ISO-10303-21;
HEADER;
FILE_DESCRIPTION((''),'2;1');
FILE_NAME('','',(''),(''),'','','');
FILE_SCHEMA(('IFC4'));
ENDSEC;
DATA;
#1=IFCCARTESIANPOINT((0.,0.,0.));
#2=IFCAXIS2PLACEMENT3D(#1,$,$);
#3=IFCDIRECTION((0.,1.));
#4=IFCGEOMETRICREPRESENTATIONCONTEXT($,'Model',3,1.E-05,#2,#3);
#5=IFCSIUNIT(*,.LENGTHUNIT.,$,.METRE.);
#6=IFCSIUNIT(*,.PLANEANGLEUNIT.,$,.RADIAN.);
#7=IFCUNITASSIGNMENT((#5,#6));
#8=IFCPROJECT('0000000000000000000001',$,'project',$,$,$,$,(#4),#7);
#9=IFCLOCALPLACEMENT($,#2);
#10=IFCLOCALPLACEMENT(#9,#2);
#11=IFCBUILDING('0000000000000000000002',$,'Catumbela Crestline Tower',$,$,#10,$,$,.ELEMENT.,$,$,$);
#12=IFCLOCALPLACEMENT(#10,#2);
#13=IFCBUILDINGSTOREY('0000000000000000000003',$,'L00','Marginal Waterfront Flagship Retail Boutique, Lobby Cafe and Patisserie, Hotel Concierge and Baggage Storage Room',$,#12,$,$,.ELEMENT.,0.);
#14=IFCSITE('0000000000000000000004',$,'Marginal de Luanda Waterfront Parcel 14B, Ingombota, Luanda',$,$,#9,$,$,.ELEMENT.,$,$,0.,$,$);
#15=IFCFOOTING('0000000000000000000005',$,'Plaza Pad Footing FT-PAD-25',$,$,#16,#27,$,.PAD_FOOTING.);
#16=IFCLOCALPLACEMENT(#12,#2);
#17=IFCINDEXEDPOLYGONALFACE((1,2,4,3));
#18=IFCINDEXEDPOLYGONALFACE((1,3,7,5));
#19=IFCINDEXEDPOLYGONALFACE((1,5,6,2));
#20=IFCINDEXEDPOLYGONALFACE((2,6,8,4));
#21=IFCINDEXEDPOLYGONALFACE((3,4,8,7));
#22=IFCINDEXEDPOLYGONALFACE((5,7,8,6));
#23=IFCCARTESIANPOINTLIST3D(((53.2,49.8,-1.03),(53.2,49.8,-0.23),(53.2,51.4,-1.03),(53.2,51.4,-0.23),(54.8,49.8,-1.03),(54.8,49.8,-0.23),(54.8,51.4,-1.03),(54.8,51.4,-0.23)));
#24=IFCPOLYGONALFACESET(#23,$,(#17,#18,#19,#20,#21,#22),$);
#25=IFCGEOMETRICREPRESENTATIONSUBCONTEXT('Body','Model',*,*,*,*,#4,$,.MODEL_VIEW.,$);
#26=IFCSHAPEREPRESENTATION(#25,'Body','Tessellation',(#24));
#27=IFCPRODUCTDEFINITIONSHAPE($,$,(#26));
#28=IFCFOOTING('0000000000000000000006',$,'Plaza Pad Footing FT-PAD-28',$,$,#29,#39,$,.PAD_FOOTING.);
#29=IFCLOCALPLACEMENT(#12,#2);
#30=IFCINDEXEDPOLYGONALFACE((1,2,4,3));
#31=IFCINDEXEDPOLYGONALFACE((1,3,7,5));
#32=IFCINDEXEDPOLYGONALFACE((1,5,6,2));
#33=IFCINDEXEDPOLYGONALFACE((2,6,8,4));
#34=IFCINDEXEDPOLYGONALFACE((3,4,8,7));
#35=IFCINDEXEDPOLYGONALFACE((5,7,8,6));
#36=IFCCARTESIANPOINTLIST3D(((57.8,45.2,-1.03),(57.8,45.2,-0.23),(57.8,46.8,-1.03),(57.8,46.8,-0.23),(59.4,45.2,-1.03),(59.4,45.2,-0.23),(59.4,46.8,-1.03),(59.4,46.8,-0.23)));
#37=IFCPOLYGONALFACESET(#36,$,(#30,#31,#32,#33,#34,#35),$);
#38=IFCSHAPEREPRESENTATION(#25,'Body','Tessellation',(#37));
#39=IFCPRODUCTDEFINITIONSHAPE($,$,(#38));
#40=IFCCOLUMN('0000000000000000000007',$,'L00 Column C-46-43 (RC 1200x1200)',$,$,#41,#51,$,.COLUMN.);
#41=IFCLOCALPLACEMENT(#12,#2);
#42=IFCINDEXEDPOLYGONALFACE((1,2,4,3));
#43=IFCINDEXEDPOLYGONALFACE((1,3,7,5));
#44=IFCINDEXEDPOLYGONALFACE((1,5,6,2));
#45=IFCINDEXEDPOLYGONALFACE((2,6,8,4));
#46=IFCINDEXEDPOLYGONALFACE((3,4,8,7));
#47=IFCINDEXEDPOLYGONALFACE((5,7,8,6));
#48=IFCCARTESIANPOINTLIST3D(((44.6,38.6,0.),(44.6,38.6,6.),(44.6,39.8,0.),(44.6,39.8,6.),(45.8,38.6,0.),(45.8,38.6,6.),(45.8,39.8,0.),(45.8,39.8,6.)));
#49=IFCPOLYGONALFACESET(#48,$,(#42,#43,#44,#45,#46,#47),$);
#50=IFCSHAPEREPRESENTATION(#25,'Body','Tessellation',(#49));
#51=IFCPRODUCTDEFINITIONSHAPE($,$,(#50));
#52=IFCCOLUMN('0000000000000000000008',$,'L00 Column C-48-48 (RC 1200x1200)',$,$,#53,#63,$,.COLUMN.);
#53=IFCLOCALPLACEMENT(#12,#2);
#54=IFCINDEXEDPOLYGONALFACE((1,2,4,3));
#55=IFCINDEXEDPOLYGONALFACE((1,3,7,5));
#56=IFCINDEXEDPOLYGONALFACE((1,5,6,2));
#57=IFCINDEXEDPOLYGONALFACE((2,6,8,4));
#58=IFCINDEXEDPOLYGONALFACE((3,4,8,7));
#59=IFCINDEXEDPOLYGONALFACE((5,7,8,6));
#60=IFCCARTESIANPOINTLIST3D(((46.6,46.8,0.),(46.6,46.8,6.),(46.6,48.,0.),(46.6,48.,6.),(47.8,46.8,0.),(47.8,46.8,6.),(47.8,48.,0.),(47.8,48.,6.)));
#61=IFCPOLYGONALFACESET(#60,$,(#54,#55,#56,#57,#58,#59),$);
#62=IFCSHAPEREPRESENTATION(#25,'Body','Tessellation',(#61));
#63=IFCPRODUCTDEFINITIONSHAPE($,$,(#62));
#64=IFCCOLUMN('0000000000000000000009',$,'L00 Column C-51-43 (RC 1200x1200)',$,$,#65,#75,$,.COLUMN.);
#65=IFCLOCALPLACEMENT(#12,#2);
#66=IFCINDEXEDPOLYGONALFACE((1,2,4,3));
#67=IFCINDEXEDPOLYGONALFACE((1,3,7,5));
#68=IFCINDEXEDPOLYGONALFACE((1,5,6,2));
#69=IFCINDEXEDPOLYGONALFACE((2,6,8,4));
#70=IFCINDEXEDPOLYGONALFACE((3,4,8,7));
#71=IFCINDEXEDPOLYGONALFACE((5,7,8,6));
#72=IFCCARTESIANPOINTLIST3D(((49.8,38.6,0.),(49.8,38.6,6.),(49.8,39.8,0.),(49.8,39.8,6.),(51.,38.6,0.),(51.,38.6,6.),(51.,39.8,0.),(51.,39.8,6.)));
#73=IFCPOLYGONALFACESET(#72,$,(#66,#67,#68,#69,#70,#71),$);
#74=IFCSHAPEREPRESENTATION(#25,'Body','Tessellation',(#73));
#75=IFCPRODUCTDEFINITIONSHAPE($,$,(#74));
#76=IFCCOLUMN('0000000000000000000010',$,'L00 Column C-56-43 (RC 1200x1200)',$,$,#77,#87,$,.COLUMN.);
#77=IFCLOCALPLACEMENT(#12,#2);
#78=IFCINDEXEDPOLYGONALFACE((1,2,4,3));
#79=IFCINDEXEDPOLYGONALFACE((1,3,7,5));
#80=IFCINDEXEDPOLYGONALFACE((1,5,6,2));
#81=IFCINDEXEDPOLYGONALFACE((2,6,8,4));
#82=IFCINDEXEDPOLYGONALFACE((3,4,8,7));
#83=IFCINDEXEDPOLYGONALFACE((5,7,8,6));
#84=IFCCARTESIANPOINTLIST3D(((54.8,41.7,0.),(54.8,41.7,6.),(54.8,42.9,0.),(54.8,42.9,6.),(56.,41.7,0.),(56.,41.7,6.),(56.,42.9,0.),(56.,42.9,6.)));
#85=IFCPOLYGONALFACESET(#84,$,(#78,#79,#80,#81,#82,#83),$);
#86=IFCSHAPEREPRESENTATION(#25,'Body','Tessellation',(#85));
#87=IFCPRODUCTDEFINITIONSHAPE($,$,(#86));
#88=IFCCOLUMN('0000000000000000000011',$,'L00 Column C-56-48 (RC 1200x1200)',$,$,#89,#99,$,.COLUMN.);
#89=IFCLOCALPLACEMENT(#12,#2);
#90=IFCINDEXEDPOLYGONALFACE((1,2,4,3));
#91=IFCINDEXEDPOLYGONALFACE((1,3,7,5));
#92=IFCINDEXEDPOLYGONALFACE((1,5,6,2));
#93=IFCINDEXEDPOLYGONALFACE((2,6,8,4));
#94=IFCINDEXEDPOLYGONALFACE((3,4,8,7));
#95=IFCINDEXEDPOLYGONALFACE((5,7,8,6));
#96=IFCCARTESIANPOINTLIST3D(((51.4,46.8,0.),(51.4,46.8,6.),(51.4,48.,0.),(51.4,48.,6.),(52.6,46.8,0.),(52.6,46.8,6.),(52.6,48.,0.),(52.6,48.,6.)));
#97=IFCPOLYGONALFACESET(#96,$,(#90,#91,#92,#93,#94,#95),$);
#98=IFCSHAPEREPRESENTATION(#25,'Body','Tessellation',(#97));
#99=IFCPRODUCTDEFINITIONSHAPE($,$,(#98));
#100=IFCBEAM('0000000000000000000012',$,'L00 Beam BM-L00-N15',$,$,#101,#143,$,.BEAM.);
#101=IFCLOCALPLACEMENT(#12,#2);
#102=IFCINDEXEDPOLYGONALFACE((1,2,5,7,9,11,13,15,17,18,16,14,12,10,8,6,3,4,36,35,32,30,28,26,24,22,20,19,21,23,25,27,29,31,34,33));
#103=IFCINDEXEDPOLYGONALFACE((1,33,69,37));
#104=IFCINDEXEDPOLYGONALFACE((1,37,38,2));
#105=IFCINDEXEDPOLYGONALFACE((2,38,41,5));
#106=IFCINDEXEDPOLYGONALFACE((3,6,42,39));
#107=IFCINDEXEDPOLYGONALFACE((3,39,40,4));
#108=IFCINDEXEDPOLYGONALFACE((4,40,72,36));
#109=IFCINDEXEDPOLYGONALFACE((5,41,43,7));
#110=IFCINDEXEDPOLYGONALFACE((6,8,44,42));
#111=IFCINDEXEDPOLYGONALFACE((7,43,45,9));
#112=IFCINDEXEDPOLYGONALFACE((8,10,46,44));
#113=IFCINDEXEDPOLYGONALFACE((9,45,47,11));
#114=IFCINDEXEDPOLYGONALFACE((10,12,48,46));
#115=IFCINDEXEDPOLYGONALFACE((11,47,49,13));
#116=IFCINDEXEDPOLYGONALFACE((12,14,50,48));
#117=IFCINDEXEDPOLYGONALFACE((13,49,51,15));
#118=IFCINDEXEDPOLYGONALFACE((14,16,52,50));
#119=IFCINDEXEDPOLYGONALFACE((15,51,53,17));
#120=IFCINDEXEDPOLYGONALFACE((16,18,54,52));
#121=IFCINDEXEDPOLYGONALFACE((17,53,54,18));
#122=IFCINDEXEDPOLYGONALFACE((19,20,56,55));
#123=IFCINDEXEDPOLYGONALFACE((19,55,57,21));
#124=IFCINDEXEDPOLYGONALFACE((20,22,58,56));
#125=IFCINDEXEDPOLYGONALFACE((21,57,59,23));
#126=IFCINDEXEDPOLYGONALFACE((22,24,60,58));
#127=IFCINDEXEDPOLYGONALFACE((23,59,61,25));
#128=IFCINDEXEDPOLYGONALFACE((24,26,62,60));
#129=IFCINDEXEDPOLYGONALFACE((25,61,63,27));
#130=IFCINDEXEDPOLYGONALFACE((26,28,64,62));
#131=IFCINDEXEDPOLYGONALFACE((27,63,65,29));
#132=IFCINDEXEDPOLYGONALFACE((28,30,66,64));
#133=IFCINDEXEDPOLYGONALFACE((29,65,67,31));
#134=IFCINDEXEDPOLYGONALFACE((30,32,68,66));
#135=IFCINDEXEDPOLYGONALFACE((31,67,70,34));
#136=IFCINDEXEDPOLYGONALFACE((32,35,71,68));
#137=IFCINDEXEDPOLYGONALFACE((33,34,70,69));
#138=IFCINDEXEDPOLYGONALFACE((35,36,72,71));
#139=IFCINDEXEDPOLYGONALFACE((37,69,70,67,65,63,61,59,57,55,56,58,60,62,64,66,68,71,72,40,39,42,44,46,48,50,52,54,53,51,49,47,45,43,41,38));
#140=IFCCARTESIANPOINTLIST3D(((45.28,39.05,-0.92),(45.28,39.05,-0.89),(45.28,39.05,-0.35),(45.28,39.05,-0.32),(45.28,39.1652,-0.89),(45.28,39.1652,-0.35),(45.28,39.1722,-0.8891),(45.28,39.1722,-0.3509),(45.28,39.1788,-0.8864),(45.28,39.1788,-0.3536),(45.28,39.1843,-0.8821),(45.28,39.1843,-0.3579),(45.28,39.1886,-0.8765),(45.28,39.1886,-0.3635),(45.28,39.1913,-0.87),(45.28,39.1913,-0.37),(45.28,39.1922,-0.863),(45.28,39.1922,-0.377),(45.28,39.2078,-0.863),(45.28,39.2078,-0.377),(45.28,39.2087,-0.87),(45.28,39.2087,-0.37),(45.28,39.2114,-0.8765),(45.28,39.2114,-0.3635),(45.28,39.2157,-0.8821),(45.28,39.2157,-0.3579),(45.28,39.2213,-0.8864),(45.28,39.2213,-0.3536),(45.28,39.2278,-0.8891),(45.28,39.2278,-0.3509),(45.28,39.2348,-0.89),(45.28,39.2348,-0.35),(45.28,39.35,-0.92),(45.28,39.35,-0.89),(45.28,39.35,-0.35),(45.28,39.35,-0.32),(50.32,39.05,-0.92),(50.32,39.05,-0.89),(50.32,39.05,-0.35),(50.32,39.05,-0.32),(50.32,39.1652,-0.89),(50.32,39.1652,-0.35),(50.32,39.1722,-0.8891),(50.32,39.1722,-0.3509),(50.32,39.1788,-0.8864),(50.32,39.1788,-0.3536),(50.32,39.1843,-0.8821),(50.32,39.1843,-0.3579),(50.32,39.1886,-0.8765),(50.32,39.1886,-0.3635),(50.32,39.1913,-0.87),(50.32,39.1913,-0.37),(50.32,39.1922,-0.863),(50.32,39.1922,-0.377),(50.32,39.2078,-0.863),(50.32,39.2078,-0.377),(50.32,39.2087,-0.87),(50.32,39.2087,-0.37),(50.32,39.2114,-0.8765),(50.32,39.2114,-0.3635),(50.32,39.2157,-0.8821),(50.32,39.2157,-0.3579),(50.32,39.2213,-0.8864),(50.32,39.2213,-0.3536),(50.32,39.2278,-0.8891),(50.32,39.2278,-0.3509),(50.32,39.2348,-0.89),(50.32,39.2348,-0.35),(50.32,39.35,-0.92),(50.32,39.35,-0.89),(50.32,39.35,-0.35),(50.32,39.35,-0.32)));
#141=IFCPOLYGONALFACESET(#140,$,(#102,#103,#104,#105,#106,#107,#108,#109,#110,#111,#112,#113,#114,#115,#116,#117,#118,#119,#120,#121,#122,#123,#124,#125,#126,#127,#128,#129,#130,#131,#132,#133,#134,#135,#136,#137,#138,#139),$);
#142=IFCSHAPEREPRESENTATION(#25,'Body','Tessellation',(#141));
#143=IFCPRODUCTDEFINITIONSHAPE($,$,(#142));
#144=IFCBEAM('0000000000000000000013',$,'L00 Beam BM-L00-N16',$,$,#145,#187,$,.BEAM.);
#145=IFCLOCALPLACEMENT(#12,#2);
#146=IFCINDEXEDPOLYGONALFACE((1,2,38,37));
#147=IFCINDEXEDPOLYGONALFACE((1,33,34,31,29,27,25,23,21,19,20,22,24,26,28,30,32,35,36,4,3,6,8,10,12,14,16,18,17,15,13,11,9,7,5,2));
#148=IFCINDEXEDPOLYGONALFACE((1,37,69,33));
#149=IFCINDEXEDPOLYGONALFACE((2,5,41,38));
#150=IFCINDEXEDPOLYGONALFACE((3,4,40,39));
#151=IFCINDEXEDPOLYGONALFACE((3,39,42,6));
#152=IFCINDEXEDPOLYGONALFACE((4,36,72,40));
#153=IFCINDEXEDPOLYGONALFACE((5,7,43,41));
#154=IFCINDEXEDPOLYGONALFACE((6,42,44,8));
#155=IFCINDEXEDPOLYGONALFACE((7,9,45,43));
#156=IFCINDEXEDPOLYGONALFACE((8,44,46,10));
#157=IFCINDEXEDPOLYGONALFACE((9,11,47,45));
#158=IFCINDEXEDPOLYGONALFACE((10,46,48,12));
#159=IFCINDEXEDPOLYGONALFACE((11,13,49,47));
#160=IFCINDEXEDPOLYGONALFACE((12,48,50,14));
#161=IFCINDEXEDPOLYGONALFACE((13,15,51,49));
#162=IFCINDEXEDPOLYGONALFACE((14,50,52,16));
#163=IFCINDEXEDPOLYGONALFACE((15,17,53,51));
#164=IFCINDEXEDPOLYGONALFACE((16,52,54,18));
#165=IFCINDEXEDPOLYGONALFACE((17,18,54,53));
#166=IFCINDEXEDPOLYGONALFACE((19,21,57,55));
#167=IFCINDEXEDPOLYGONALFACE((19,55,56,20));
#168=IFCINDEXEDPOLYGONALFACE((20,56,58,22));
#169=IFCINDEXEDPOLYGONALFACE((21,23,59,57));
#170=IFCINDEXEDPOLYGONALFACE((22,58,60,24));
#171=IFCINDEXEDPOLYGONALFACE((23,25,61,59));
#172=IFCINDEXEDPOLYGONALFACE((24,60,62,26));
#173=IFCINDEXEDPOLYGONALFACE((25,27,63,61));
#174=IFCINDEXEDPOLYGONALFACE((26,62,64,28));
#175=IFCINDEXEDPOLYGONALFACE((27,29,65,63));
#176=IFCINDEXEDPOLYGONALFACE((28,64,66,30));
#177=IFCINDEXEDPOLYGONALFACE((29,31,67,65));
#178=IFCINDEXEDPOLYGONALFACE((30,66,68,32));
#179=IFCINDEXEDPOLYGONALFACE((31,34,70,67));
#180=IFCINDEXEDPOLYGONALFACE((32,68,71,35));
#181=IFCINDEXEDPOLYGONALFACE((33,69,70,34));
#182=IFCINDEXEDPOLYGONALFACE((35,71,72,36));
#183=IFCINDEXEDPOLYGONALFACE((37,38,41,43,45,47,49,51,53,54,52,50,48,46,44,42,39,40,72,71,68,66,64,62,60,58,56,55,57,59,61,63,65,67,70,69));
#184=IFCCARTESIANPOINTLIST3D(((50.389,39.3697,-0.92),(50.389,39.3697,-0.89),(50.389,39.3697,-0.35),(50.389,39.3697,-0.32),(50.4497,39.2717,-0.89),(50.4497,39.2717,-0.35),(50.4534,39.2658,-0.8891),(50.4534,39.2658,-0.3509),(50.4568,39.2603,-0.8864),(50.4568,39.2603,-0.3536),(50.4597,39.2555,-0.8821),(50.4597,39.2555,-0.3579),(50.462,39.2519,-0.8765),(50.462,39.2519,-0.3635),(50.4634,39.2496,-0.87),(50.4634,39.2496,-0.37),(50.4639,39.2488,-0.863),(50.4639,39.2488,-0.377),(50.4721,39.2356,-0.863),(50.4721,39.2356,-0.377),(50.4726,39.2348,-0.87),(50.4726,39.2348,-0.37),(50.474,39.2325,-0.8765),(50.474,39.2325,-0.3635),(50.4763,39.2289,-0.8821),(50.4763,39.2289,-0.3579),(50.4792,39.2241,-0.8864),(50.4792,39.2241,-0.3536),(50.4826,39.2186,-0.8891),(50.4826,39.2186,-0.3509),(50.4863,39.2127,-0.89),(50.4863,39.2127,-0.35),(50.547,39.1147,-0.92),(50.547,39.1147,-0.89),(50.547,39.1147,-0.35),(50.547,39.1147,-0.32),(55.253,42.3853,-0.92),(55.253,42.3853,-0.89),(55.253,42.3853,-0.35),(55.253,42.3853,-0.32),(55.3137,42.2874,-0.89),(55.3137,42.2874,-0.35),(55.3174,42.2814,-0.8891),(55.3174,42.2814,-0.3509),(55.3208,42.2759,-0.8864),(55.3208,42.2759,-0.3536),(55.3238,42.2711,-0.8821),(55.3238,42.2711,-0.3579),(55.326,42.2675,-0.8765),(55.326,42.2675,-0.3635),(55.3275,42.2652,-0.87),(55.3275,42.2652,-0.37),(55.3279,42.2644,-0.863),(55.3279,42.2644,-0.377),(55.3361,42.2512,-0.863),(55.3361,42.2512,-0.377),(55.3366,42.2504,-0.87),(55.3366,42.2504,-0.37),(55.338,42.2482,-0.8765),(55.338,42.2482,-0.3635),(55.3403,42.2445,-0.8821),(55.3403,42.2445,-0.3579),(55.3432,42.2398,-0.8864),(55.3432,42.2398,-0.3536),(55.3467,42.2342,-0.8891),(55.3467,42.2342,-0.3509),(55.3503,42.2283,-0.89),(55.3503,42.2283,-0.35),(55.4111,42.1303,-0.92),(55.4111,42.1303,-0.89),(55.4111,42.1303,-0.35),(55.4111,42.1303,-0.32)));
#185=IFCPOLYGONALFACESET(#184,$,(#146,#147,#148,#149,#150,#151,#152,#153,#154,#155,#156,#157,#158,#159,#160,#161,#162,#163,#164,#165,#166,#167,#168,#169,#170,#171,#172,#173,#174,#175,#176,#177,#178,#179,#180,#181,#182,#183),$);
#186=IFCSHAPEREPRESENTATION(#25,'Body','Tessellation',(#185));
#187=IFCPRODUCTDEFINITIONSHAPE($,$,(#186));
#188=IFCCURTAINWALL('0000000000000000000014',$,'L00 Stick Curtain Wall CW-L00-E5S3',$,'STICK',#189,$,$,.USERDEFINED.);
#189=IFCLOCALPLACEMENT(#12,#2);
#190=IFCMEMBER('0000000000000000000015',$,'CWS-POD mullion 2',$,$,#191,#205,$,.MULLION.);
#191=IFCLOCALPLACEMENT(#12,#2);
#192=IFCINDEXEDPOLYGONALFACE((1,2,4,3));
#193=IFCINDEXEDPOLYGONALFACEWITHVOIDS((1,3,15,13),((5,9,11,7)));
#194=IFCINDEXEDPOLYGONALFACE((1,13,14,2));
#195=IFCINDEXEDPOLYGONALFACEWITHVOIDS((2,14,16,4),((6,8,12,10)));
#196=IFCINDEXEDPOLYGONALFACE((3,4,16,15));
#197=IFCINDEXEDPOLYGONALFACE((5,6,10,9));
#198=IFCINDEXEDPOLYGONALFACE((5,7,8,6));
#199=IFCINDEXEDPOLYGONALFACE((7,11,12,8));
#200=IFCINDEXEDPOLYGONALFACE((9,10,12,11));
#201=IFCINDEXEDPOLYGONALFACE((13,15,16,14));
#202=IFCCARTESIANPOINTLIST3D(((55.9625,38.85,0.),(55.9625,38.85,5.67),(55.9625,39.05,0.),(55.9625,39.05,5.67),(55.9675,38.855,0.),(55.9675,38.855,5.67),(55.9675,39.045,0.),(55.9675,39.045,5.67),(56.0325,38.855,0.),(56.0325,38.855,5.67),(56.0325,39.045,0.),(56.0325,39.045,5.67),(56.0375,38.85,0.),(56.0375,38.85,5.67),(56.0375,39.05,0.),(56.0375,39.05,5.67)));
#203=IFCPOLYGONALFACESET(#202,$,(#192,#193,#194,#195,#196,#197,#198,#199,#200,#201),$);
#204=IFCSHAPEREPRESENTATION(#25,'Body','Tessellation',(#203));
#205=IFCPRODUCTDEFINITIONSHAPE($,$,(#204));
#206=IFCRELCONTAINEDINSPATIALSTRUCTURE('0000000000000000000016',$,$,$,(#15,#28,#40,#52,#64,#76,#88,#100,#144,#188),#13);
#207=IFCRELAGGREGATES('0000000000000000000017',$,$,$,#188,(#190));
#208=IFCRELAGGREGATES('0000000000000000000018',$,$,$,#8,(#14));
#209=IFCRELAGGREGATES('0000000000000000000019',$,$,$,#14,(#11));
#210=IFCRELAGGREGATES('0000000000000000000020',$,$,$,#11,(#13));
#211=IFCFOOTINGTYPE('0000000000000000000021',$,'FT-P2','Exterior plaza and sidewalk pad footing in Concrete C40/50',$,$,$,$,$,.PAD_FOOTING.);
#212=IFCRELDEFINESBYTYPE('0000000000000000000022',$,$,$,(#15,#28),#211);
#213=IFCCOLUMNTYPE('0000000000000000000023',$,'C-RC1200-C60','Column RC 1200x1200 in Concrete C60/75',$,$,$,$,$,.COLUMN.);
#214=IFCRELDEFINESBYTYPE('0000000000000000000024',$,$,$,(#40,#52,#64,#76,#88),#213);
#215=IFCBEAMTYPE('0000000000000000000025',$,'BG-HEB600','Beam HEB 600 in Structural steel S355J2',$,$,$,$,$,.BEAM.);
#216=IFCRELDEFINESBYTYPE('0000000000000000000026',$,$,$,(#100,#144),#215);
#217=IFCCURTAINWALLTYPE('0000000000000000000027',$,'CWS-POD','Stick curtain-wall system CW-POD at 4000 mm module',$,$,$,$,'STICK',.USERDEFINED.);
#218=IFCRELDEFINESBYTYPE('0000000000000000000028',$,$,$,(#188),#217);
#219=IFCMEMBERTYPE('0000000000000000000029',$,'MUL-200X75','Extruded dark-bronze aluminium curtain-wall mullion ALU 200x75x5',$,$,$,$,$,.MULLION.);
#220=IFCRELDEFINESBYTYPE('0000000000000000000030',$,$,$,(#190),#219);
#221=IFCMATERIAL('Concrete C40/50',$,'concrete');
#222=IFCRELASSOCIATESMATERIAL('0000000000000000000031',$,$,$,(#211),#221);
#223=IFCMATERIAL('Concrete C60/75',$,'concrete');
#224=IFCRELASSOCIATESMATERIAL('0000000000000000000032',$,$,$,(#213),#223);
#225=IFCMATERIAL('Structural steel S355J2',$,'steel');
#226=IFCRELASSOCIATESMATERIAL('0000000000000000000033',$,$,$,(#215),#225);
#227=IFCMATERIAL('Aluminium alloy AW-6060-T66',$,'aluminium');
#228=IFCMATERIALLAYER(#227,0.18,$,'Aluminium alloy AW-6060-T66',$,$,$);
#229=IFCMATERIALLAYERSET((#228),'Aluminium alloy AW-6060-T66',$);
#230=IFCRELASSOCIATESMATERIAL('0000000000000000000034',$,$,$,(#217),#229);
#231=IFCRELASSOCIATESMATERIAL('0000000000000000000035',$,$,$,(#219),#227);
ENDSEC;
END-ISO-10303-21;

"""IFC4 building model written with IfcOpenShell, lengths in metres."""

from ifc_helpers import new_model, si_unit, direction, frame, origin, origin_2d, place, context, subcontext, project, spatial, rectangle, hollow_rectangle, i_section, extrude, material, layer, layer_set, material_profile, profile_set, type_object, element, aggregate, save


model = new_model("IFC4")

# Units and contexts
model_context = context("Model", 3, precision=1e-05, world=origin(), true_north=direction((0.0, 1.0)))
body_context = subcontext(model_context, "Body", "Model", "MODEL_VIEW")
ifc_project = project(units=[si_unit("LENGTHUNIT", "METRE"), si_unit("PLANEANGLEUNIT", "RADIAN")], contexts=[model_context])

# Site, building, storey
site_placement = place(None, origin())
site = spatial("IfcSite", under=ifc_project, at=site_placement, Name="Marginal de Luanda Waterfront Parcel 14B, Ingombota, Luanda", CompositionType="ELEMENT", RefElevation=0.0)
building_placement = place(site_placement, origin())
building = spatial("IfcBuilding", under=site, at=building_placement, Name="Catumbela Crestline Tower", CompositionType="ELEMENT")
storey_placement = place(building_placement, origin())
storey = spatial("IfcBuildingStorey", under=building, at=storey_placement, Name="L00", Description="Marginal Waterfront Flagship Retail Boutique, Lobby Cafe and Patisserie, Hotel Concierge and Baggage Storage Room", CompositionType="ELEMENT", Elevation=0.0)

# Footings
ifc_material_1 = material(Name="Concrete C40/50", Category="concrete")
footing_type = type_object("IfcFootingType", Name="FT-P2", Description="Exterior plaza and sidewalk pad footing in Concrete C40/50", PredefinedType="PAD_FOOTING", material=ifc_material_1)
for number, where, z_axis, x_axis, name in (
    (1, (54.0, 50.6, -1.03), (0.0, 0.0, 1.0), (1.0, 0.0, 0.0), "Plaza Pad Footing FT-PAD-25"),
    (2, (58.6, 46.0, -1.03), (0.0, 0.0, 1.0), (1.0, 0.0, 0.0), "Plaza Pad Footing FT-PAD-28"),
):
    element("IfcFooting", number, at=place(storey_placement, frame(where, z_axis=z_axis, x_axis=x_axis)), inside=storey, type_object=footing_type, Name=name, PredefinedType="PAD_FOOTING", context=body_context, shape_type="SweptSolid", body=[
        extrude(rectangle(XDim=1.6, YDim=1.6, at=origin_2d()), origin(), (0.0, 0.0, 1.0), 0.8),
    ])

# Columns
ifc_material_2 = material(Name="Concrete C60/75", Category="concrete")
ifc_material_profile_1 = material_profile(ifc_material_2, rectangle(XDim=1.2, YDim=1.2, at=origin_2d()), Name="RC 1200x1200")
ifc_profile_set_1 = profile_set([ifc_material_profile_1], Name="Concrete C60/75")
column_type = type_object("IfcColumnType", Name="C-RC1200-C60", Description="Column RC 1200x1200 in Concrete C60/75", PredefinedType="COLUMN", material=ifc_profile_set_1)
for number, where, z_axis, x_axis, name in (
    (3, (45.2, 39.2, 0.0), (0.0, 0.0, 1.0), (1.0, 0.0, 0.0), "L00 Column C-46-43 (RC 1200x1200)"),
    (4, (47.2, 47.4, 0.0), (0.0, 0.0, 1.0), (1.0, 0.0, 0.0), "L00 Column C-48-48 (RC 1200x1200)"),
    (5, (50.4, 39.2, 0.0), (0.0, 0.0, 1.0), (1.0, 0.0, 0.0), "L00 Column C-51-43 (RC 1200x1200)"),
    (6, (55.4, 42.3, 0.0), (0.0, 0.0, 1.0), (1.0, 0.0, 0.0), "L00 Column C-56-43 (RC 1200x1200)"),
    (7, (52.0, 47.4, 0.0), (0.0, 0.0, 1.0), (1.0, 0.0, 0.0), "L00 Column C-56-48 (RC 1200x1200)"),
):
    element("IfcColumn", number, at=place(storey_placement, frame(where, z_axis=z_axis, x_axis=x_axis)), inside=storey, type_object=column_type, Name=name, PredefinedType="COLUMN", context=body_context, shape_type="SweptSolid", body=[
        extrude(rectangle(XDim=1.2, YDim=1.2, at=origin_2d()), origin(), (0.0, 0.0, 1.0), 6.0),
    ])

# Beams
ifc_material_3 = material(Name="Structural steel S355J2", Category="steel")
ifc_material_profile_2 = material_profile(ifc_material_3, i_section(OverallWidth=0.3, OverallDepth=0.6, WebThickness=0.0155, FlangeThickness=0.03, FilletRadius=0.027, at=origin_2d()), Name="HEB 600")
ifc_profile_set_2 = profile_set([ifc_material_profile_2], Name="Structural steel S355J2")
beam_type_1 = type_object("IfcBeamType", Name="BG-HEB600", Description="Beam HEB 600 in Structural steel S355J2", PredefinedType="BEAM", material=ifc_profile_set_2)
beam_1_placement = place(storey_placement, frame((45.28, 39.2, -0.62), z_axis=(1.0, 0.0, 0.0), x_axis=(0.0, 1.0, 0.0)))
element("IfcBeam", 8, at=beam_1_placement, inside=storey, type_object=beam_type_1, Name="L00 Beam BM-L00-N15", PredefinedType="BEAM", context=body_context, shape_type="SweptSolid", body=[
    extrude(i_section(OverallWidth=0.3, OverallDepth=0.6, WebThickness=0.0155, FlangeThickness=0.03, FilletRadius=0.027, at=origin_2d()), origin(), (0.0, 0.0, 1.0), 5.04),
])
beam_2_placement = place(storey_placement, frame((50.468, 39.2422, -0.62), z_axis=(0.849909, 0.52693, 0.0), x_axis=(-0.52693, 0.849909, 0.0)))
element("IfcBeam", 9, at=beam_2_placement, inside=storey, type_object=beam_type_1, Name="L00 Beam BM-L00-N16", PredefinedType="BEAM", context=body_context, shape_type="SweptSolid", body=[
    extrude(i_section(OverallWidth=0.3, OverallDepth=0.6, WebThickness=0.0155, FlangeThickness=0.03, FilletRadius=0.027, at=origin_2d()), origin(), (0.0, 0.0, 1.0), 5.723),
])

# Curtain wall, member
ifc_material_4 = material(Name="Aluminium alloy AW-6060-T66", Category="aluminium")
ifc_layer_1 = layer(ifc_material_4, 0.18, Name="Aluminium alloy AW-6060-T66")
ifc_layer_set_1 = layer_set([ifc_layer_1], Name="Aluminium alloy AW-6060-T66")
curtain_wall_type = type_object("IfcCurtainWallType", Name="CWS-POD", Description="Stick curtain-wall system CW-POD at 4000 mm module", ElementType="STICK", PredefinedType="USERDEFINED", material=ifc_layer_set_1)
curtain_wall_1_placement = place(storey_placement, origin())
curtain_wall_1 = element("IfcCurtainWall", 10, at=curtain_wall_1_placement, inside=storey, type_object=curtain_wall_type, Name="L00 Stick Curtain Wall CW-L00-E5S3", ObjectType="STICK", PredefinedType="USERDEFINED")
ifc_material_profile_3 = material_profile(ifc_material_4, hollow_rectangle(XDim=0.075, YDim=0.2, WallThickness=0.005, at=origin_2d()), Name="ALU 200x75x5")
ifc_profile_set_3 = profile_set([ifc_material_profile_3], Name="Aluminium alloy AW-6060-T66")
member_type_1 = type_object("IfcMemberType", Name="MUL-200X75", Description="Extruded dark-bronze aluminium curtain-wall mullion ALU 200x75x5", PredefinedType="MULLION", material=ifc_profile_set_3)
member_1_placement = place(storey_placement, frame((56.0, 38.95, 0.0), z_axis=(0.0, 0.0, 1.0), x_axis=(-1.0, 0.0, 0.0)))
member_1 = element("IfcMember", 11, at=member_1_placement, type_object=member_type_1, Name="CWS-POD mullion 2", PredefinedType="MULLION", context=body_context, shape_type="SweptSolid", body=[
    extrude(hollow_rectangle(XDim=0.075, YDim=0.2, WallThickness=0.005, at=origin_2d()), origin(), (0.0, 0.0, 1.0), 5.67),
])

aggregate(curtain_wall_1, [member_1])

save(model, "model.ifc")
